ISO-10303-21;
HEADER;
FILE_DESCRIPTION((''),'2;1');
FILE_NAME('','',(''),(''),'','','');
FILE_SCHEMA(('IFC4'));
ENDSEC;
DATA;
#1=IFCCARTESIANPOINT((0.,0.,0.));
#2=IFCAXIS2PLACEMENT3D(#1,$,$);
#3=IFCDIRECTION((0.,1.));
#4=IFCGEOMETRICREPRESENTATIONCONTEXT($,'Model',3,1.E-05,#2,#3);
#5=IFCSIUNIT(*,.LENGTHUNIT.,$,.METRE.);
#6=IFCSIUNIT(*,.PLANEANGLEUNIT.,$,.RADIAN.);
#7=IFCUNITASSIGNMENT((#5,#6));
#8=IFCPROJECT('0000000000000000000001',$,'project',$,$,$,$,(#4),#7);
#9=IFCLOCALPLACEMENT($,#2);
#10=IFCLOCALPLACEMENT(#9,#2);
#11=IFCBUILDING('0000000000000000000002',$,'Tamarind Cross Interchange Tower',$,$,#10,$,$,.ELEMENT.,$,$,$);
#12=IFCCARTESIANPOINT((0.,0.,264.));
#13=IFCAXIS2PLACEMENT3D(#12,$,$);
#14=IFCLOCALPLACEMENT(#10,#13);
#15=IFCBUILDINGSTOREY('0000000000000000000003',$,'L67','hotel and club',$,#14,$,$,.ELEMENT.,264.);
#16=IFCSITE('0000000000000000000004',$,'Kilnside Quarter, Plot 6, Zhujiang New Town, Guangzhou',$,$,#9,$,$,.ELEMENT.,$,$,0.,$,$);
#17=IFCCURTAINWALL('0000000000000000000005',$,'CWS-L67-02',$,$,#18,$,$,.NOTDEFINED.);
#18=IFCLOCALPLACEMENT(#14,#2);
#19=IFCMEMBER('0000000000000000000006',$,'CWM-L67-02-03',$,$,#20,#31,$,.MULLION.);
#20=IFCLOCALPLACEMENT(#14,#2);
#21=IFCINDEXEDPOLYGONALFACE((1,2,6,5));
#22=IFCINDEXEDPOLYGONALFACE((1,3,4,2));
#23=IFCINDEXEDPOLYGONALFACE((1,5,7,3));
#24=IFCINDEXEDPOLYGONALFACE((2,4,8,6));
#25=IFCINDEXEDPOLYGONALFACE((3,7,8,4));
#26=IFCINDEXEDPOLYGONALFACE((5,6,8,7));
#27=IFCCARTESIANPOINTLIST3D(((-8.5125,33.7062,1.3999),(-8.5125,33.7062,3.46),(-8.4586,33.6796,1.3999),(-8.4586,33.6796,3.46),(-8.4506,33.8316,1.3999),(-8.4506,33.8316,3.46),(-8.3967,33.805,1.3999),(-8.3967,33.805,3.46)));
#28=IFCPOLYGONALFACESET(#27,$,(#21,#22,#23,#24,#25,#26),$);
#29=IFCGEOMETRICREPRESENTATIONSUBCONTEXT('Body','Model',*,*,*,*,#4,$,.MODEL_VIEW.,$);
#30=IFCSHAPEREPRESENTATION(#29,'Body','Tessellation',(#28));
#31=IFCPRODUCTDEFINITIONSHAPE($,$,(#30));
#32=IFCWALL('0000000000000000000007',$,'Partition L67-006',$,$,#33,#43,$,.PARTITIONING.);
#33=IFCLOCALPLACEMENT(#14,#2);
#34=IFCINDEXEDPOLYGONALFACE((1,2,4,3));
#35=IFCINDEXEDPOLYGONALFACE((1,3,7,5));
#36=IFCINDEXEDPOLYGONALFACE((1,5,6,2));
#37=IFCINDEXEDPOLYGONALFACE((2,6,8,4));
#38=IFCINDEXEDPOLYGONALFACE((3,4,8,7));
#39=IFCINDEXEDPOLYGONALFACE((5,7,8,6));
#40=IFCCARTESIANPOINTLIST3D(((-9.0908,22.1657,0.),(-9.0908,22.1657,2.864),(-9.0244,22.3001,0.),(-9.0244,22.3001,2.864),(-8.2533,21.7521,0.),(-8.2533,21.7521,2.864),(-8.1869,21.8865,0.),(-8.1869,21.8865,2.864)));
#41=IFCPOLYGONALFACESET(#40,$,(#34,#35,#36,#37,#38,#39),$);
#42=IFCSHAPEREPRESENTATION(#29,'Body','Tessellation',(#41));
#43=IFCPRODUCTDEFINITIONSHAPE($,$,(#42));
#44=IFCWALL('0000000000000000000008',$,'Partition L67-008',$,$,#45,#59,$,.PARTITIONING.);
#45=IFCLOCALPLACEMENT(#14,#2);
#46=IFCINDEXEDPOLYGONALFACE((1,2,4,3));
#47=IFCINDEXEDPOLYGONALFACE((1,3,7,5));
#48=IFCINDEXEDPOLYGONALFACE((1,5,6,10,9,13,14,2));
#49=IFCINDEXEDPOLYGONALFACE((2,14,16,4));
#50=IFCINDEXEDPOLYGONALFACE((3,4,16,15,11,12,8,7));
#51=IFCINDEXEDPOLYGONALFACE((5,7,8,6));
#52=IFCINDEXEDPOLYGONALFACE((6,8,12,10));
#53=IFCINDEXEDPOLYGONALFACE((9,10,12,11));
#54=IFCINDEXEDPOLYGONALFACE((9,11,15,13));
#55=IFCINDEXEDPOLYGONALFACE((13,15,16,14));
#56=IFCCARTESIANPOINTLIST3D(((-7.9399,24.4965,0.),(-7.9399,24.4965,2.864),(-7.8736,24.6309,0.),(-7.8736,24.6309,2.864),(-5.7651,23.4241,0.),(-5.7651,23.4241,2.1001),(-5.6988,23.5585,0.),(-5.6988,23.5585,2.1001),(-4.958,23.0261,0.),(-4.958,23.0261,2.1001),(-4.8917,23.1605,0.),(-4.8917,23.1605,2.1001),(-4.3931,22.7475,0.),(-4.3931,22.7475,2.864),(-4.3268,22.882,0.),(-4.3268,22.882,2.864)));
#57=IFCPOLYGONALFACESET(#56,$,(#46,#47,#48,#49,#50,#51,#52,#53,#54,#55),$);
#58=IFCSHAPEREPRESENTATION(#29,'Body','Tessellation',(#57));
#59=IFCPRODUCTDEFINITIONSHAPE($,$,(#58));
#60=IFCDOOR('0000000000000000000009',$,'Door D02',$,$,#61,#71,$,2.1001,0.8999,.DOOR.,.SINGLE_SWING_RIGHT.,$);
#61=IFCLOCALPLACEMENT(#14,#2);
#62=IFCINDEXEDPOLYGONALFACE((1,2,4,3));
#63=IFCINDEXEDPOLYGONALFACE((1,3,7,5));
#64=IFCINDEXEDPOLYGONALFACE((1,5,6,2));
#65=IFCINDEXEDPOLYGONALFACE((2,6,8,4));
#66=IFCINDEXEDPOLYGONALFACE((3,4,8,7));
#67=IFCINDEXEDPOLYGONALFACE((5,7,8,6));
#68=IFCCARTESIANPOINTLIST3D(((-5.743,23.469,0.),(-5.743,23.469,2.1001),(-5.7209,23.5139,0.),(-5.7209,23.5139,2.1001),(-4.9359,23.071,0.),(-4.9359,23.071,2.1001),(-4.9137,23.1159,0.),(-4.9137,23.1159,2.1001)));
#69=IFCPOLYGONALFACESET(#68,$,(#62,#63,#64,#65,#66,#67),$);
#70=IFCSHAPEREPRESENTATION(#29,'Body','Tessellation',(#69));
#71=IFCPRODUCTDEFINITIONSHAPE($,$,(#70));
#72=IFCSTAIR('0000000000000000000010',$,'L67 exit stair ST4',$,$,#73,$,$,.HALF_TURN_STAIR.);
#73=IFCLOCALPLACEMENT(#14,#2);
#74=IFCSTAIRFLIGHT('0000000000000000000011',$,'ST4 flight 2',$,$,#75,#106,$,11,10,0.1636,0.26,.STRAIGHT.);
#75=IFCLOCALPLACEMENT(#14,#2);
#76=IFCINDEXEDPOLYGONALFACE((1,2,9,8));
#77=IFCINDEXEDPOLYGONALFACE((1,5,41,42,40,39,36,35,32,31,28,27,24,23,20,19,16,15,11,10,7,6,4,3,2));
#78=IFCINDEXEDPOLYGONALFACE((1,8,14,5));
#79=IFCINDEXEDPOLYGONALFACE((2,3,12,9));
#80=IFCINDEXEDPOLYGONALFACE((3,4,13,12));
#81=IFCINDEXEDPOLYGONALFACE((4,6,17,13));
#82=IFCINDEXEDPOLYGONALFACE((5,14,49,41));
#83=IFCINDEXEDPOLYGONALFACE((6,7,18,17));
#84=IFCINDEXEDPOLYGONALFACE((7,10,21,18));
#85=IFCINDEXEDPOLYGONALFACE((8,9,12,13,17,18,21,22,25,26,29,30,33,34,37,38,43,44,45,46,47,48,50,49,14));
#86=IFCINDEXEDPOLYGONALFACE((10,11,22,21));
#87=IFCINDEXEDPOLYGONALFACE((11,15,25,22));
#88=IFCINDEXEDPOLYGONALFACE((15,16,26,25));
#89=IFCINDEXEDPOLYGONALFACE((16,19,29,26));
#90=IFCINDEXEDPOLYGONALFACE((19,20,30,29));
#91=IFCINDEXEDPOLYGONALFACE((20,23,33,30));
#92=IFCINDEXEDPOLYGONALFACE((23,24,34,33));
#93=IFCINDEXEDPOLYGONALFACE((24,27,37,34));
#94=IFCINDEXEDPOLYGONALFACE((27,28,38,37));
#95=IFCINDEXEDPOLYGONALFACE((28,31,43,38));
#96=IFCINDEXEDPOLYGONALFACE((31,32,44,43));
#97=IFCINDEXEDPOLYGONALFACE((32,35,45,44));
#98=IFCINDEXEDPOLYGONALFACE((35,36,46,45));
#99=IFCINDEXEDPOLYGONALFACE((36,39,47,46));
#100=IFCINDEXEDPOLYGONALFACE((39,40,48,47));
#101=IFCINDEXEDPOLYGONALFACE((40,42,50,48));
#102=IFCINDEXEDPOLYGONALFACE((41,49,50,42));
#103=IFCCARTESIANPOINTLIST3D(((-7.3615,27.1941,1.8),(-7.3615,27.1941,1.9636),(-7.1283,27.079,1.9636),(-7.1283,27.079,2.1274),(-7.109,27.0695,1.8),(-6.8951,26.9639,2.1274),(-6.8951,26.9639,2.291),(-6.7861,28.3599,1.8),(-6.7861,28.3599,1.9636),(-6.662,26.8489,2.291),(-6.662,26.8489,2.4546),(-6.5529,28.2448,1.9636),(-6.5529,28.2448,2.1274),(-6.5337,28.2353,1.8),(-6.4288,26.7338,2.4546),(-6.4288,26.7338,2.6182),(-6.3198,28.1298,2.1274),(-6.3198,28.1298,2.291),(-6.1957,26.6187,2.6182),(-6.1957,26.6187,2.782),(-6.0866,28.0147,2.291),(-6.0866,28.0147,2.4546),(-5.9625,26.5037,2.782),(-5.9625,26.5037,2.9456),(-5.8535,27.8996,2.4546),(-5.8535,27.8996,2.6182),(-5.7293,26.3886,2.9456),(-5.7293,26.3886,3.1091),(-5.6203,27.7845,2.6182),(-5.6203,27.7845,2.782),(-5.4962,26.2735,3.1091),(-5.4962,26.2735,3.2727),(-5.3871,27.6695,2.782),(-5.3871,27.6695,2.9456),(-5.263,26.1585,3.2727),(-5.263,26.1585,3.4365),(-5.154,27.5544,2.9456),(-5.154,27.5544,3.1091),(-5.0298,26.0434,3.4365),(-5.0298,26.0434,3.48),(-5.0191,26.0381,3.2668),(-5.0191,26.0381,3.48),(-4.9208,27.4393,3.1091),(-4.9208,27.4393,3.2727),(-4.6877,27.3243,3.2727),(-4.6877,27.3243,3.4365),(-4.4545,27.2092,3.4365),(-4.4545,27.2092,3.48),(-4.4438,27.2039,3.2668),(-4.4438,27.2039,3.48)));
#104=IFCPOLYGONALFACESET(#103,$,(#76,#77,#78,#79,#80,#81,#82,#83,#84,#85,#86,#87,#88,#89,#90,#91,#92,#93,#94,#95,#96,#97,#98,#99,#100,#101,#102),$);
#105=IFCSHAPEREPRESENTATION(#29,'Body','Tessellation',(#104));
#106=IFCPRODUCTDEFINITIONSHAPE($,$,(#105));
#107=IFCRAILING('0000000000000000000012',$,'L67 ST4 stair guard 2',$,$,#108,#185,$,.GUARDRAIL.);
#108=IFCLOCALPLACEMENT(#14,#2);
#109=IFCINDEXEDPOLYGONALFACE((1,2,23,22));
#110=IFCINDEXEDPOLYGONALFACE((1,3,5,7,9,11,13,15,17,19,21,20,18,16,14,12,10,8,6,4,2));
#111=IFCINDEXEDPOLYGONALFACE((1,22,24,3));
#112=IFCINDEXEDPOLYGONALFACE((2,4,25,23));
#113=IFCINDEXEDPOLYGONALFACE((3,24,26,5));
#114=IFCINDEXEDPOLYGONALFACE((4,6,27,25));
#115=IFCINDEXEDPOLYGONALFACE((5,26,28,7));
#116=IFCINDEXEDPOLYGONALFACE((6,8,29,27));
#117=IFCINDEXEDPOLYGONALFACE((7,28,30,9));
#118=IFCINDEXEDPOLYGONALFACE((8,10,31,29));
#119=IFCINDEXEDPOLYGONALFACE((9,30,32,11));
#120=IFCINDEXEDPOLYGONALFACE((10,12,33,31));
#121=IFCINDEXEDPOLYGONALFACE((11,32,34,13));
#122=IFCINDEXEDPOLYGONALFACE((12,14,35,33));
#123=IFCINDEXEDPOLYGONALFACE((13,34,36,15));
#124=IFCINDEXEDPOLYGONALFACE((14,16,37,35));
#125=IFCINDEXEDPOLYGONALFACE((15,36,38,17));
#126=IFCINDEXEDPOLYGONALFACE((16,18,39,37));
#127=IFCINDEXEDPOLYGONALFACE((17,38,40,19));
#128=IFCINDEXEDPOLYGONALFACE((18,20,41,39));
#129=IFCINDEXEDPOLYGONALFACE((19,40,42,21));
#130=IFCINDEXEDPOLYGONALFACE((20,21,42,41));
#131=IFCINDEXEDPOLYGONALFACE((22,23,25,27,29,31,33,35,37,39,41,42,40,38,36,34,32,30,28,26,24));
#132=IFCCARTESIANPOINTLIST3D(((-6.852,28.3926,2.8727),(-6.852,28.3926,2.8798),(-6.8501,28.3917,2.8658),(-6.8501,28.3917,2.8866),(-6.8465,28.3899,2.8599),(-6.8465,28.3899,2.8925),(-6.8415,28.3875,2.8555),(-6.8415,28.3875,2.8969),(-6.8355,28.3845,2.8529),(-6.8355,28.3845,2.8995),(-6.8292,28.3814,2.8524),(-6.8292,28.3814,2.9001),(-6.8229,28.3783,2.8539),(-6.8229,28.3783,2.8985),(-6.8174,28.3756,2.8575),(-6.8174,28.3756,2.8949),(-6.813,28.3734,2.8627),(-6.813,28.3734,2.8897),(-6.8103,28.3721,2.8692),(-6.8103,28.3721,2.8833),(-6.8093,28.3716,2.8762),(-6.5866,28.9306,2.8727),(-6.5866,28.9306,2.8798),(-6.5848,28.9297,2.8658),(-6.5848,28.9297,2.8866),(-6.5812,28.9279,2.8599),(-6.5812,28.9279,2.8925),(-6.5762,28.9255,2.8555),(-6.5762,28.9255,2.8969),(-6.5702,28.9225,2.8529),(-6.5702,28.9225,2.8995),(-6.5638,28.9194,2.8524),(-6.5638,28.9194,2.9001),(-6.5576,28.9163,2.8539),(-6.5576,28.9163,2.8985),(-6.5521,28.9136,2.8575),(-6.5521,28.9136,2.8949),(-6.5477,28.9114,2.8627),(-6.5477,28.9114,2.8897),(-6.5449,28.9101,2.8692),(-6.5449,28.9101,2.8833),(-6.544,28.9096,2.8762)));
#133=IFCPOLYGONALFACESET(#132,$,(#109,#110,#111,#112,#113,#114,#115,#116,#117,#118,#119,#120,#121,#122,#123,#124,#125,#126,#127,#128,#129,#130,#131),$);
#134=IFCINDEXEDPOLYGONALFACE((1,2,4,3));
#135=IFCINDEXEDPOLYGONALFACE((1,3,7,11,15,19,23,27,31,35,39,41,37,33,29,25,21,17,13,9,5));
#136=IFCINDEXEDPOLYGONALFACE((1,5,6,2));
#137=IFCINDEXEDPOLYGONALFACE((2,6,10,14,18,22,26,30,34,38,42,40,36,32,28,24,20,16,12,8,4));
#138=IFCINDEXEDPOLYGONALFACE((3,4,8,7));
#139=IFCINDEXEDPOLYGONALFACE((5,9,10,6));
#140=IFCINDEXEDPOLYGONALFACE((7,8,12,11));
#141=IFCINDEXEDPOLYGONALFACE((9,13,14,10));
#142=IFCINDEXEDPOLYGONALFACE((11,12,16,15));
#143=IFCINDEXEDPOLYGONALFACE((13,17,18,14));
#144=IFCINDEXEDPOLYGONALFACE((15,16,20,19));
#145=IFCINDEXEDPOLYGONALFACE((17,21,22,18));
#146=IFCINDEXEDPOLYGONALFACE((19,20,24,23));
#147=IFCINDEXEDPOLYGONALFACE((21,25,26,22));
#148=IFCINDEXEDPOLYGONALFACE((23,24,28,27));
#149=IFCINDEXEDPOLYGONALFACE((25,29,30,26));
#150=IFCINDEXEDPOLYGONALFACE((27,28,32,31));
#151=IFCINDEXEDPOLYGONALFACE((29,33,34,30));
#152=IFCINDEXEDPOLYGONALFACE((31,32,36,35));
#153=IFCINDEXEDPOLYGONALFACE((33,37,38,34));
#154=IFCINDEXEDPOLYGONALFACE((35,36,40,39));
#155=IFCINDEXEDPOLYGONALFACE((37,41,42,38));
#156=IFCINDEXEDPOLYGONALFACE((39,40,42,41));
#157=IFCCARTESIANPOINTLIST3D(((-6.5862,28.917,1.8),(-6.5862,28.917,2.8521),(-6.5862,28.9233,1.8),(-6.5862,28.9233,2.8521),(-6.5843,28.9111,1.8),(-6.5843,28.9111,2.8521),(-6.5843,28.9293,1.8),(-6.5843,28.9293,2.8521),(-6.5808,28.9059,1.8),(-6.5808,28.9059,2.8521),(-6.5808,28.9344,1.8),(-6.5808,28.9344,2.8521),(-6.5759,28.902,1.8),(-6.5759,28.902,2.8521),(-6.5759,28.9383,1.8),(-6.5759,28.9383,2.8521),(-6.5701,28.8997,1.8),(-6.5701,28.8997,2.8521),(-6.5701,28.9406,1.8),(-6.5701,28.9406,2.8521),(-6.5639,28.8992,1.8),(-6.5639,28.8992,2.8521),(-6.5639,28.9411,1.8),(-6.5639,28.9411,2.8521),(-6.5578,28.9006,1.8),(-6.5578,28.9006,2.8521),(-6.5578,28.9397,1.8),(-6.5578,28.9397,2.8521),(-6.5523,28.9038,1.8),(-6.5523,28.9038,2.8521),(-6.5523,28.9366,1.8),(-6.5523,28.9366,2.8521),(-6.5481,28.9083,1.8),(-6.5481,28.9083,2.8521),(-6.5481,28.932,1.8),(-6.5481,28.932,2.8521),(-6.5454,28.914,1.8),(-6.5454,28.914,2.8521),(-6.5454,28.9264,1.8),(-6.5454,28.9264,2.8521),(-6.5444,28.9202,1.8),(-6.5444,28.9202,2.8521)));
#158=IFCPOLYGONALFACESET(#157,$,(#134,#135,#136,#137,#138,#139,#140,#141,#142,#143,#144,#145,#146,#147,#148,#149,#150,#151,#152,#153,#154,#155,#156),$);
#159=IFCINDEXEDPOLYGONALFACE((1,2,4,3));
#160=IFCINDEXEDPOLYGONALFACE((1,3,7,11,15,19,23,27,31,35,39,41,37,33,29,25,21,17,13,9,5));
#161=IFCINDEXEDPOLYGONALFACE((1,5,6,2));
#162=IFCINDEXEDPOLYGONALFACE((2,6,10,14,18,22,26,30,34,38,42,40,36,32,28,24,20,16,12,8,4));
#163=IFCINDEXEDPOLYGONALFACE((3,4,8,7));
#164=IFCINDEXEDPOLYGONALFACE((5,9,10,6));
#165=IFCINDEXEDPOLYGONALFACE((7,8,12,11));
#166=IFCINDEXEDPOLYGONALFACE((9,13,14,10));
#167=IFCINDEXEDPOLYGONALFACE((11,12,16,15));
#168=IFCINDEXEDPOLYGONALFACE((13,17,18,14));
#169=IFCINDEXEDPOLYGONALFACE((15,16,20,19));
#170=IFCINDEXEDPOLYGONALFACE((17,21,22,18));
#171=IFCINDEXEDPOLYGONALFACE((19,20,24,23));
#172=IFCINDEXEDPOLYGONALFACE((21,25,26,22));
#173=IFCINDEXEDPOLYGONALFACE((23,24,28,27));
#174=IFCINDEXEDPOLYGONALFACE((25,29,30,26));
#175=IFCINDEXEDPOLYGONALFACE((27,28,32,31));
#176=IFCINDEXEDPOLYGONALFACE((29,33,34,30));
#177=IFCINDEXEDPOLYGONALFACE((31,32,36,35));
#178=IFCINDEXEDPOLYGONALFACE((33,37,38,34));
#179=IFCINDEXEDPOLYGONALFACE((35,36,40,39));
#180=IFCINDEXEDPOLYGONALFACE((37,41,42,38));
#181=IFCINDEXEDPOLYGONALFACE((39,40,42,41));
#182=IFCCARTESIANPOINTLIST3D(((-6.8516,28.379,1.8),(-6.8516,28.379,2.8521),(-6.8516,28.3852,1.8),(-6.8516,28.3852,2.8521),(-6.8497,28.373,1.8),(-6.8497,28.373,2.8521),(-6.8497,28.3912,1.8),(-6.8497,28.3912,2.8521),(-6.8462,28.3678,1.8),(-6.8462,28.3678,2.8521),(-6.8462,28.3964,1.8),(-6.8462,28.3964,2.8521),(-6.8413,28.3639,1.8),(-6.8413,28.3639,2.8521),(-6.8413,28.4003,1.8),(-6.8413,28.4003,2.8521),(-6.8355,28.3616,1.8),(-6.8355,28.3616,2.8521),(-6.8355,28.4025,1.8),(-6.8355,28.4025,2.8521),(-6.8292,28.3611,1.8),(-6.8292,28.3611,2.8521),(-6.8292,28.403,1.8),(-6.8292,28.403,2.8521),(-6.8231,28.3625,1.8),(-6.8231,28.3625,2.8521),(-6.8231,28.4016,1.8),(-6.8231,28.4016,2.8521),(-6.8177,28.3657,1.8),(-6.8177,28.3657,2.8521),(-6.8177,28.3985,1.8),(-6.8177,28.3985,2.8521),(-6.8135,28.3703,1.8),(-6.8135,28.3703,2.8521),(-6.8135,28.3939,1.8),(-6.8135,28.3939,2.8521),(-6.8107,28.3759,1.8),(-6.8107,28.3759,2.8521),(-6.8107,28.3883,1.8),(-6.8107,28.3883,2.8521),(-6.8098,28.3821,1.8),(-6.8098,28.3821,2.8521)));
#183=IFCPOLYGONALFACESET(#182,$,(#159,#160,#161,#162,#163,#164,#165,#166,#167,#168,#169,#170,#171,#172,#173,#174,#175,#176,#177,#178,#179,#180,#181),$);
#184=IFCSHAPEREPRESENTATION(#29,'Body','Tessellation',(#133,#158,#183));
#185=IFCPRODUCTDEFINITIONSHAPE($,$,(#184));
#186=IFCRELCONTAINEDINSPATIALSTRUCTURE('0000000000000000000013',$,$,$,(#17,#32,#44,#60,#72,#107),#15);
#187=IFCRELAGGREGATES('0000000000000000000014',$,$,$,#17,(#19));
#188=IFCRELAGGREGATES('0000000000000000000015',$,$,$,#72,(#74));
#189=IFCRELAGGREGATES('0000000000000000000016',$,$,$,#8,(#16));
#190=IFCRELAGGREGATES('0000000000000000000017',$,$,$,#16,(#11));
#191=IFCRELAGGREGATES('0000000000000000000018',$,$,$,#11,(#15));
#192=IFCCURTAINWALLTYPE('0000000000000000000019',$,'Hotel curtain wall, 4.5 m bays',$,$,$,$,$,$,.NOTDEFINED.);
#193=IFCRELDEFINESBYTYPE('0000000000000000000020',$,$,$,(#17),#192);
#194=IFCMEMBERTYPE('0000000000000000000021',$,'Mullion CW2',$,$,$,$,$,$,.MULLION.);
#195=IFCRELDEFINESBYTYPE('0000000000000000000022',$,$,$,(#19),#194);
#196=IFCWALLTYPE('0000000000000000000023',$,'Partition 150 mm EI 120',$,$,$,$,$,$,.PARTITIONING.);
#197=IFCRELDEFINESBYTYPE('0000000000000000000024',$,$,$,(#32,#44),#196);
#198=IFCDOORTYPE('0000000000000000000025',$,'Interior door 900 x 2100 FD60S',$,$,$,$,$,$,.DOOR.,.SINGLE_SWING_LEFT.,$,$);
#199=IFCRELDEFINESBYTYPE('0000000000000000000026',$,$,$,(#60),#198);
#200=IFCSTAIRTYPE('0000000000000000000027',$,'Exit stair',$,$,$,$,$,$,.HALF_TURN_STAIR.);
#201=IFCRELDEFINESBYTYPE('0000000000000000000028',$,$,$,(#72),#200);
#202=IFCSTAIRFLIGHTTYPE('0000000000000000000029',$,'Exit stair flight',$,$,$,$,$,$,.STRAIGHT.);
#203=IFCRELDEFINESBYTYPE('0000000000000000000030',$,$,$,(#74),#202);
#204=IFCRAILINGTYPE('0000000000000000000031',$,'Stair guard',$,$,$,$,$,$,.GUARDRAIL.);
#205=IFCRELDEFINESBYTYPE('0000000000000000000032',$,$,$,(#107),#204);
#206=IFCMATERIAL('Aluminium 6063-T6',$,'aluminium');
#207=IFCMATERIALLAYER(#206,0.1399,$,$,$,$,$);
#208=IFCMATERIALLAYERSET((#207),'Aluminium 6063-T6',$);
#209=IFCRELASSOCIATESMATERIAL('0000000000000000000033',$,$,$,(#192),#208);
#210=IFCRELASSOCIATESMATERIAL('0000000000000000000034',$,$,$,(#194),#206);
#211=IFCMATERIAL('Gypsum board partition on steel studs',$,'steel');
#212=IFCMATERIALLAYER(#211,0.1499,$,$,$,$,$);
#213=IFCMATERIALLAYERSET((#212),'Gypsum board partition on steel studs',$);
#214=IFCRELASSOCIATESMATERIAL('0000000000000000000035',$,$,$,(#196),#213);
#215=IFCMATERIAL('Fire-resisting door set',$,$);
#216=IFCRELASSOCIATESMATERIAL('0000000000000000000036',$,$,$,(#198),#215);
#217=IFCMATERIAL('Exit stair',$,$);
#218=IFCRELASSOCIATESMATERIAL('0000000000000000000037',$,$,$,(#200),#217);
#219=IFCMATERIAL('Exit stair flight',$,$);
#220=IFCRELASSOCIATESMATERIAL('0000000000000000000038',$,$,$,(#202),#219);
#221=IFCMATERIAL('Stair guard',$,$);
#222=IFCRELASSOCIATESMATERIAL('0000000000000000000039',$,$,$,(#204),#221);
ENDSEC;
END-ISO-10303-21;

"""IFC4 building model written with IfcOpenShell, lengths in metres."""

from ifc_helpers import new_model, si_unit, direction, frame, frame_2d, origin, origin_2d, place, context, subcontext, project, spatial, polyline, rectangle, circle, outline, extrude, material, layer, layer_set, material_profile, profile_set, type_object, element, fill, aggregate, save


model = new_model("IFC4")

# Units and contexts
model_context = context("Model", 3, precision=1e-05, world=origin(), true_north=direction((0.0, 1.0)))
body_context = subcontext(model_context, "Body", "Model", "MODEL_VIEW")
ifc_project = project(units=[si_unit("LENGTHUNIT", "METRE"), si_unit("PLANEANGLEUNIT", "RADIAN")], contexts=[model_context])

# Site, building, storey
site_placement = place(None, origin())
site = spatial("IfcSite", under=ifc_project, at=site_placement, Name="Kilnside Quarter, Plot 6, Zhujiang New Town, Guangzhou", CompositionType="ELEMENT", RefElevation=0.0)
building_placement = place(site_placement, origin())
building = spatial("IfcBuilding", under=site, at=building_placement, Name="Tamarind Cross Interchange Tower", CompositionType="ELEMENT")
storey_placement = place(building_placement, frame((0.0, 0.0, 264.0)))
storey = spatial("IfcBuildingStorey", under=building, at=storey_placement, Name="L67", Description="hotel and club", CompositionType="ELEMENT", Elevation=264.0)

# Shared definitions
ifc_material_1 = material(Name="Aluminium 6063-T6", Category="aluminium")
ifc_layer_1 = layer(ifc_material_1, 0.1399)
ifc_layer_set_1 = layer_set([ifc_layer_1], Name="Aluminium 6063-T6")
curtain_wall_type = type_object("IfcCurtainWallType", Name="Hotel curtain wall, 4.5 m bays", PredefinedType="NOTDEFINED", material=ifc_layer_set_1)
ifc_material_profile_1 = material_profile(ifc_material_1, rectangle(XDim=0.0601, YDim=0.1399, at=origin_2d()), Name="Mullion CW2")
ifc_profile_set_1 = profile_set([ifc_material_profile_1], Name="Aluminium 6063-T6")
member_type = type_object("IfcMemberType", Name="Mullion CW2", PredefinedType="MULLION", material=ifc_profile_set_1)

# Curtain wall, member
curtain_wall_1_placement = place(storey_placement, origin())
curtain_wall_1 = element("IfcCurtainWall", 1, at=curtain_wall_1_placement, inside=storey, type_object=curtain_wall_type, Name="CWS-L67-02", PredefinedType="NOTDEFINED")
member_1_placement = place(storey_placement, frame((-8.4546, 33.7556, 1.3999), z_axis=(0.0, 0.0, 1.0), x_axis=(-0.89674, 0.442558, 0.0)))
member_1 = element("IfcMember", 2, at=member_1_placement, type_object=member_type, Name="CWM-L67-02-03", PredefinedType="MULLION", context=body_context, shape_type="SweptSolid", body=[
    extrude(rectangle(XDim=0.0601, YDim=0.1399, at=origin_2d()), origin(), (0.0, 0.0, 1.0), 2.0601),
])
aggregate(curtain_wall_1, [member_1])

# Wall
ifc_material_2 = material(Name="Gypsum board partition on steel studs", Category="steel")
ifc_layer_2 = layer(ifc_material_2, 0.1499)
ifc_layer_set_2 = layer_set([ifc_layer_2], Name="Gypsum board partition on steel studs")
wall_type = type_object("IfcWallType", Name="Partition 150 mm EI 120", PredefinedType="PARTITIONING", material=ifc_layer_set_2)
wall_1_placement = place(storey_placement, frame((-9.0576, 22.2329, 0.0), z_axis=(0.0, 0.0, 1.0), x_axis=(0.896612, -0.442817, 0.0)))
element("IfcWall", 3, at=wall_1_placement, inside=storey, type_object=wall_type, Name="Partition L67-006", PredefinedType="PARTITIONING", context=body_context, shape_type="SweptSolid", body=[
    extrude(rectangle(XDim=0.9341, YDim=0.1499, at=frame_2d((0.467, 0.0))), origin(), (0.0, 0.0, 1.0), 2.864),
])

# Wall, opening, door
wall_2_placement = place(storey_placement, frame((-7.9067, 24.5637, 0.0), z_axis=(0.0, 0.0, 1.0), x_axis=(0.896883, -0.442268, 0.0)))
wall_2 = element("IfcWall", 4, at=wall_2_placement, inside=storey, type_object=wall_type, Name="Partition L67-008", PredefinedType="PARTITIONING", context=body_context, shape_type="SweptSolid", body=[
    extrude(rectangle(XDim=3.9546, YDim=0.1499, at=frame_2d((1.9773, 0.0))), origin(), (0.0, 0.0, 1.0), 2.864),
])
opening_placement = place(wall_2_placement, frame((2.4248, 0.0, 0.0)))
opening = element("IfcOpeningElement", 5, at=opening_placement, cuts=wall_2, PredefinedType="OPENING", context=body_context, shape_type="SweptSolid", body=[
    extrude(rectangle(XDim=0.8999, YDim=2.1001, at=frame_2d((0.45, 1.05))), frame((0.0, 0.085, 0.0), z_axis=(0.0, -1.0, 0.0), x_axis=(1.0, 0.0, 0.0)), (0.0, 0.0, 1.0), 0.1699),
])
ifc_material_3 = material(Name="Fire-resisting door set")
door_type = type_object("IfcDoorType", Name="Interior door 900 x 2100 FD60S", OperationType="SINGLE_SWING_LEFT", PredefinedType="DOOR", material=ifc_material_3)
door_placement = place(opening_placement, frame((0.8999, 0.0, 0.0), z_axis=(0.0, 0.0, 1.0), x_axis=(-1.0, 0.0, 0.0)))
door = element("IfcDoor", 6, at=door_placement, inside=storey, type_object=door_type, Name="Door D02", OperationType="SINGLE_SWING_RIGHT", OverallHeight=2.1001, OverallWidth=0.8999, PredefinedType="DOOR", context=body_context, shape_type="SweptSolid", body=[
    extrude(rectangle(XDim=0.8999, YDim=2.1001, at=frame_2d((0.45, 1.05))), frame((0.0, 0.0249, 0.0), z_axis=(0.0, -1.0, 0.0), x_axis=(1.0, 0.0, 0.0)), (0.0, 0.0, 1.0), 0.05),
])
fill(opening, door)

# Stair, stair flight
ifc_material_4 = material(Name="Exit stair")
stair_type = type_object("IfcStairType", Name="Exit stair", PredefinedType="HALF_TURN_STAIR", material=ifc_material_4)
stair_placement = place(storey_placement, origin())
stair = element("IfcStair", 7, at=stair_placement, inside=storey, type_object=stair_type, Name="L67 exit stair ST4", PredefinedType="HALF_TURN_STAIR")
ifc_material_5 = material(Name="Exit stair flight")
stair_flight_type = type_object("IfcStairFlightType", Name="Exit stair flight", PredefinedType="STRAIGHT", material=ifc_material_5)
stair_flight_placement = place(storey_placement, frame((-7.0737, 27.7771, 1.8), z_axis=(0.0, 0.0, 1.0), x_axis=(0.89674, -0.442558, 0.0)))
stair_flight = element("IfcStairFlight", 8, at=stair_flight_placement, type_object=stair_flight_type, Name="ST4 flight 2", NumberOfRisers=11, NumberOfTreads=10, PredefinedType="STRAIGHT", RiserHeight=0.1636, TreadLength=0.26, context=body_context, shape_type="SweptSolid", body=[
    extrude(outline(polyline([(0.0, 0.0), (0.0, 0.1636), (0.26, 0.1636), (0.26, 0.3274), (0.52, 0.3274), (0.52, 0.491), (0.78, 0.491), (0.78, 0.6545), (1.04, 0.6545), (1.04, 0.8181), (1.3, 0.8181), (1.3, 0.9819), (1.5601, 0.9819), (1.5601, 1.1455), (1.8201, 1.1455), (1.8201, 1.3091), (2.0801, 1.3091), (2.0801, 1.4727), (2.3401, 1.4727), (2.3401, 1.6365), (2.6001, 1.6365), (2.6001, 1.6799), (2.6121, 1.6799), (2.6121, 1.4668), (0.2815, 0.0), (0.0, 0.0)])), frame((0.0, 0.6499, 0.0), z_axis=(0.0, -1.0, 0.0), x_axis=(1.0, 0.0, 0.0)), (0.0, 0.0, 1.0), 1.3),
])
aggregate(stair, [stair_flight])

# Railing
ifc_material_6 = material(Name="Stair guard")
railing_type_1 = type_object("IfcRailingType", Name="Stair guard", PredefinedType="GUARDRAIL", material=ifc_material_6)
railing_1_placement = place(storey_placement, frame((-6.5654, 28.9202, 1.8)))
element("IfcRailing", 9, at=railing_1_placement, inside=storey, type_object=railing_type_1, Name="L67 ST4 stair guard 2", PredefinedType="GUARDRAIL", context=body_context, shape_type="SweptSolid", body=[
    extrude(circle(Radius=0.0239, at=origin_2d()), frame((0.0, 0.0, 1.0762), z_axis=(-0.442324, -0.896855, 0.0), x_axis=(0.896855, -0.442324, 0.0)), (0.0, 0.0, 1.0), 0.5999),
    extrude(circle(Radius=0.021, at=origin_2d()), origin(), (0.0, 0.0, 1.0), 1.052),
    extrude(circle(Radius=0.021, at=origin_2d()), frame((-0.2654, -0.5381, 0.0)), (0.0, 0.0, 1.0), 1.052),
])

save(model, "model.ifc")
